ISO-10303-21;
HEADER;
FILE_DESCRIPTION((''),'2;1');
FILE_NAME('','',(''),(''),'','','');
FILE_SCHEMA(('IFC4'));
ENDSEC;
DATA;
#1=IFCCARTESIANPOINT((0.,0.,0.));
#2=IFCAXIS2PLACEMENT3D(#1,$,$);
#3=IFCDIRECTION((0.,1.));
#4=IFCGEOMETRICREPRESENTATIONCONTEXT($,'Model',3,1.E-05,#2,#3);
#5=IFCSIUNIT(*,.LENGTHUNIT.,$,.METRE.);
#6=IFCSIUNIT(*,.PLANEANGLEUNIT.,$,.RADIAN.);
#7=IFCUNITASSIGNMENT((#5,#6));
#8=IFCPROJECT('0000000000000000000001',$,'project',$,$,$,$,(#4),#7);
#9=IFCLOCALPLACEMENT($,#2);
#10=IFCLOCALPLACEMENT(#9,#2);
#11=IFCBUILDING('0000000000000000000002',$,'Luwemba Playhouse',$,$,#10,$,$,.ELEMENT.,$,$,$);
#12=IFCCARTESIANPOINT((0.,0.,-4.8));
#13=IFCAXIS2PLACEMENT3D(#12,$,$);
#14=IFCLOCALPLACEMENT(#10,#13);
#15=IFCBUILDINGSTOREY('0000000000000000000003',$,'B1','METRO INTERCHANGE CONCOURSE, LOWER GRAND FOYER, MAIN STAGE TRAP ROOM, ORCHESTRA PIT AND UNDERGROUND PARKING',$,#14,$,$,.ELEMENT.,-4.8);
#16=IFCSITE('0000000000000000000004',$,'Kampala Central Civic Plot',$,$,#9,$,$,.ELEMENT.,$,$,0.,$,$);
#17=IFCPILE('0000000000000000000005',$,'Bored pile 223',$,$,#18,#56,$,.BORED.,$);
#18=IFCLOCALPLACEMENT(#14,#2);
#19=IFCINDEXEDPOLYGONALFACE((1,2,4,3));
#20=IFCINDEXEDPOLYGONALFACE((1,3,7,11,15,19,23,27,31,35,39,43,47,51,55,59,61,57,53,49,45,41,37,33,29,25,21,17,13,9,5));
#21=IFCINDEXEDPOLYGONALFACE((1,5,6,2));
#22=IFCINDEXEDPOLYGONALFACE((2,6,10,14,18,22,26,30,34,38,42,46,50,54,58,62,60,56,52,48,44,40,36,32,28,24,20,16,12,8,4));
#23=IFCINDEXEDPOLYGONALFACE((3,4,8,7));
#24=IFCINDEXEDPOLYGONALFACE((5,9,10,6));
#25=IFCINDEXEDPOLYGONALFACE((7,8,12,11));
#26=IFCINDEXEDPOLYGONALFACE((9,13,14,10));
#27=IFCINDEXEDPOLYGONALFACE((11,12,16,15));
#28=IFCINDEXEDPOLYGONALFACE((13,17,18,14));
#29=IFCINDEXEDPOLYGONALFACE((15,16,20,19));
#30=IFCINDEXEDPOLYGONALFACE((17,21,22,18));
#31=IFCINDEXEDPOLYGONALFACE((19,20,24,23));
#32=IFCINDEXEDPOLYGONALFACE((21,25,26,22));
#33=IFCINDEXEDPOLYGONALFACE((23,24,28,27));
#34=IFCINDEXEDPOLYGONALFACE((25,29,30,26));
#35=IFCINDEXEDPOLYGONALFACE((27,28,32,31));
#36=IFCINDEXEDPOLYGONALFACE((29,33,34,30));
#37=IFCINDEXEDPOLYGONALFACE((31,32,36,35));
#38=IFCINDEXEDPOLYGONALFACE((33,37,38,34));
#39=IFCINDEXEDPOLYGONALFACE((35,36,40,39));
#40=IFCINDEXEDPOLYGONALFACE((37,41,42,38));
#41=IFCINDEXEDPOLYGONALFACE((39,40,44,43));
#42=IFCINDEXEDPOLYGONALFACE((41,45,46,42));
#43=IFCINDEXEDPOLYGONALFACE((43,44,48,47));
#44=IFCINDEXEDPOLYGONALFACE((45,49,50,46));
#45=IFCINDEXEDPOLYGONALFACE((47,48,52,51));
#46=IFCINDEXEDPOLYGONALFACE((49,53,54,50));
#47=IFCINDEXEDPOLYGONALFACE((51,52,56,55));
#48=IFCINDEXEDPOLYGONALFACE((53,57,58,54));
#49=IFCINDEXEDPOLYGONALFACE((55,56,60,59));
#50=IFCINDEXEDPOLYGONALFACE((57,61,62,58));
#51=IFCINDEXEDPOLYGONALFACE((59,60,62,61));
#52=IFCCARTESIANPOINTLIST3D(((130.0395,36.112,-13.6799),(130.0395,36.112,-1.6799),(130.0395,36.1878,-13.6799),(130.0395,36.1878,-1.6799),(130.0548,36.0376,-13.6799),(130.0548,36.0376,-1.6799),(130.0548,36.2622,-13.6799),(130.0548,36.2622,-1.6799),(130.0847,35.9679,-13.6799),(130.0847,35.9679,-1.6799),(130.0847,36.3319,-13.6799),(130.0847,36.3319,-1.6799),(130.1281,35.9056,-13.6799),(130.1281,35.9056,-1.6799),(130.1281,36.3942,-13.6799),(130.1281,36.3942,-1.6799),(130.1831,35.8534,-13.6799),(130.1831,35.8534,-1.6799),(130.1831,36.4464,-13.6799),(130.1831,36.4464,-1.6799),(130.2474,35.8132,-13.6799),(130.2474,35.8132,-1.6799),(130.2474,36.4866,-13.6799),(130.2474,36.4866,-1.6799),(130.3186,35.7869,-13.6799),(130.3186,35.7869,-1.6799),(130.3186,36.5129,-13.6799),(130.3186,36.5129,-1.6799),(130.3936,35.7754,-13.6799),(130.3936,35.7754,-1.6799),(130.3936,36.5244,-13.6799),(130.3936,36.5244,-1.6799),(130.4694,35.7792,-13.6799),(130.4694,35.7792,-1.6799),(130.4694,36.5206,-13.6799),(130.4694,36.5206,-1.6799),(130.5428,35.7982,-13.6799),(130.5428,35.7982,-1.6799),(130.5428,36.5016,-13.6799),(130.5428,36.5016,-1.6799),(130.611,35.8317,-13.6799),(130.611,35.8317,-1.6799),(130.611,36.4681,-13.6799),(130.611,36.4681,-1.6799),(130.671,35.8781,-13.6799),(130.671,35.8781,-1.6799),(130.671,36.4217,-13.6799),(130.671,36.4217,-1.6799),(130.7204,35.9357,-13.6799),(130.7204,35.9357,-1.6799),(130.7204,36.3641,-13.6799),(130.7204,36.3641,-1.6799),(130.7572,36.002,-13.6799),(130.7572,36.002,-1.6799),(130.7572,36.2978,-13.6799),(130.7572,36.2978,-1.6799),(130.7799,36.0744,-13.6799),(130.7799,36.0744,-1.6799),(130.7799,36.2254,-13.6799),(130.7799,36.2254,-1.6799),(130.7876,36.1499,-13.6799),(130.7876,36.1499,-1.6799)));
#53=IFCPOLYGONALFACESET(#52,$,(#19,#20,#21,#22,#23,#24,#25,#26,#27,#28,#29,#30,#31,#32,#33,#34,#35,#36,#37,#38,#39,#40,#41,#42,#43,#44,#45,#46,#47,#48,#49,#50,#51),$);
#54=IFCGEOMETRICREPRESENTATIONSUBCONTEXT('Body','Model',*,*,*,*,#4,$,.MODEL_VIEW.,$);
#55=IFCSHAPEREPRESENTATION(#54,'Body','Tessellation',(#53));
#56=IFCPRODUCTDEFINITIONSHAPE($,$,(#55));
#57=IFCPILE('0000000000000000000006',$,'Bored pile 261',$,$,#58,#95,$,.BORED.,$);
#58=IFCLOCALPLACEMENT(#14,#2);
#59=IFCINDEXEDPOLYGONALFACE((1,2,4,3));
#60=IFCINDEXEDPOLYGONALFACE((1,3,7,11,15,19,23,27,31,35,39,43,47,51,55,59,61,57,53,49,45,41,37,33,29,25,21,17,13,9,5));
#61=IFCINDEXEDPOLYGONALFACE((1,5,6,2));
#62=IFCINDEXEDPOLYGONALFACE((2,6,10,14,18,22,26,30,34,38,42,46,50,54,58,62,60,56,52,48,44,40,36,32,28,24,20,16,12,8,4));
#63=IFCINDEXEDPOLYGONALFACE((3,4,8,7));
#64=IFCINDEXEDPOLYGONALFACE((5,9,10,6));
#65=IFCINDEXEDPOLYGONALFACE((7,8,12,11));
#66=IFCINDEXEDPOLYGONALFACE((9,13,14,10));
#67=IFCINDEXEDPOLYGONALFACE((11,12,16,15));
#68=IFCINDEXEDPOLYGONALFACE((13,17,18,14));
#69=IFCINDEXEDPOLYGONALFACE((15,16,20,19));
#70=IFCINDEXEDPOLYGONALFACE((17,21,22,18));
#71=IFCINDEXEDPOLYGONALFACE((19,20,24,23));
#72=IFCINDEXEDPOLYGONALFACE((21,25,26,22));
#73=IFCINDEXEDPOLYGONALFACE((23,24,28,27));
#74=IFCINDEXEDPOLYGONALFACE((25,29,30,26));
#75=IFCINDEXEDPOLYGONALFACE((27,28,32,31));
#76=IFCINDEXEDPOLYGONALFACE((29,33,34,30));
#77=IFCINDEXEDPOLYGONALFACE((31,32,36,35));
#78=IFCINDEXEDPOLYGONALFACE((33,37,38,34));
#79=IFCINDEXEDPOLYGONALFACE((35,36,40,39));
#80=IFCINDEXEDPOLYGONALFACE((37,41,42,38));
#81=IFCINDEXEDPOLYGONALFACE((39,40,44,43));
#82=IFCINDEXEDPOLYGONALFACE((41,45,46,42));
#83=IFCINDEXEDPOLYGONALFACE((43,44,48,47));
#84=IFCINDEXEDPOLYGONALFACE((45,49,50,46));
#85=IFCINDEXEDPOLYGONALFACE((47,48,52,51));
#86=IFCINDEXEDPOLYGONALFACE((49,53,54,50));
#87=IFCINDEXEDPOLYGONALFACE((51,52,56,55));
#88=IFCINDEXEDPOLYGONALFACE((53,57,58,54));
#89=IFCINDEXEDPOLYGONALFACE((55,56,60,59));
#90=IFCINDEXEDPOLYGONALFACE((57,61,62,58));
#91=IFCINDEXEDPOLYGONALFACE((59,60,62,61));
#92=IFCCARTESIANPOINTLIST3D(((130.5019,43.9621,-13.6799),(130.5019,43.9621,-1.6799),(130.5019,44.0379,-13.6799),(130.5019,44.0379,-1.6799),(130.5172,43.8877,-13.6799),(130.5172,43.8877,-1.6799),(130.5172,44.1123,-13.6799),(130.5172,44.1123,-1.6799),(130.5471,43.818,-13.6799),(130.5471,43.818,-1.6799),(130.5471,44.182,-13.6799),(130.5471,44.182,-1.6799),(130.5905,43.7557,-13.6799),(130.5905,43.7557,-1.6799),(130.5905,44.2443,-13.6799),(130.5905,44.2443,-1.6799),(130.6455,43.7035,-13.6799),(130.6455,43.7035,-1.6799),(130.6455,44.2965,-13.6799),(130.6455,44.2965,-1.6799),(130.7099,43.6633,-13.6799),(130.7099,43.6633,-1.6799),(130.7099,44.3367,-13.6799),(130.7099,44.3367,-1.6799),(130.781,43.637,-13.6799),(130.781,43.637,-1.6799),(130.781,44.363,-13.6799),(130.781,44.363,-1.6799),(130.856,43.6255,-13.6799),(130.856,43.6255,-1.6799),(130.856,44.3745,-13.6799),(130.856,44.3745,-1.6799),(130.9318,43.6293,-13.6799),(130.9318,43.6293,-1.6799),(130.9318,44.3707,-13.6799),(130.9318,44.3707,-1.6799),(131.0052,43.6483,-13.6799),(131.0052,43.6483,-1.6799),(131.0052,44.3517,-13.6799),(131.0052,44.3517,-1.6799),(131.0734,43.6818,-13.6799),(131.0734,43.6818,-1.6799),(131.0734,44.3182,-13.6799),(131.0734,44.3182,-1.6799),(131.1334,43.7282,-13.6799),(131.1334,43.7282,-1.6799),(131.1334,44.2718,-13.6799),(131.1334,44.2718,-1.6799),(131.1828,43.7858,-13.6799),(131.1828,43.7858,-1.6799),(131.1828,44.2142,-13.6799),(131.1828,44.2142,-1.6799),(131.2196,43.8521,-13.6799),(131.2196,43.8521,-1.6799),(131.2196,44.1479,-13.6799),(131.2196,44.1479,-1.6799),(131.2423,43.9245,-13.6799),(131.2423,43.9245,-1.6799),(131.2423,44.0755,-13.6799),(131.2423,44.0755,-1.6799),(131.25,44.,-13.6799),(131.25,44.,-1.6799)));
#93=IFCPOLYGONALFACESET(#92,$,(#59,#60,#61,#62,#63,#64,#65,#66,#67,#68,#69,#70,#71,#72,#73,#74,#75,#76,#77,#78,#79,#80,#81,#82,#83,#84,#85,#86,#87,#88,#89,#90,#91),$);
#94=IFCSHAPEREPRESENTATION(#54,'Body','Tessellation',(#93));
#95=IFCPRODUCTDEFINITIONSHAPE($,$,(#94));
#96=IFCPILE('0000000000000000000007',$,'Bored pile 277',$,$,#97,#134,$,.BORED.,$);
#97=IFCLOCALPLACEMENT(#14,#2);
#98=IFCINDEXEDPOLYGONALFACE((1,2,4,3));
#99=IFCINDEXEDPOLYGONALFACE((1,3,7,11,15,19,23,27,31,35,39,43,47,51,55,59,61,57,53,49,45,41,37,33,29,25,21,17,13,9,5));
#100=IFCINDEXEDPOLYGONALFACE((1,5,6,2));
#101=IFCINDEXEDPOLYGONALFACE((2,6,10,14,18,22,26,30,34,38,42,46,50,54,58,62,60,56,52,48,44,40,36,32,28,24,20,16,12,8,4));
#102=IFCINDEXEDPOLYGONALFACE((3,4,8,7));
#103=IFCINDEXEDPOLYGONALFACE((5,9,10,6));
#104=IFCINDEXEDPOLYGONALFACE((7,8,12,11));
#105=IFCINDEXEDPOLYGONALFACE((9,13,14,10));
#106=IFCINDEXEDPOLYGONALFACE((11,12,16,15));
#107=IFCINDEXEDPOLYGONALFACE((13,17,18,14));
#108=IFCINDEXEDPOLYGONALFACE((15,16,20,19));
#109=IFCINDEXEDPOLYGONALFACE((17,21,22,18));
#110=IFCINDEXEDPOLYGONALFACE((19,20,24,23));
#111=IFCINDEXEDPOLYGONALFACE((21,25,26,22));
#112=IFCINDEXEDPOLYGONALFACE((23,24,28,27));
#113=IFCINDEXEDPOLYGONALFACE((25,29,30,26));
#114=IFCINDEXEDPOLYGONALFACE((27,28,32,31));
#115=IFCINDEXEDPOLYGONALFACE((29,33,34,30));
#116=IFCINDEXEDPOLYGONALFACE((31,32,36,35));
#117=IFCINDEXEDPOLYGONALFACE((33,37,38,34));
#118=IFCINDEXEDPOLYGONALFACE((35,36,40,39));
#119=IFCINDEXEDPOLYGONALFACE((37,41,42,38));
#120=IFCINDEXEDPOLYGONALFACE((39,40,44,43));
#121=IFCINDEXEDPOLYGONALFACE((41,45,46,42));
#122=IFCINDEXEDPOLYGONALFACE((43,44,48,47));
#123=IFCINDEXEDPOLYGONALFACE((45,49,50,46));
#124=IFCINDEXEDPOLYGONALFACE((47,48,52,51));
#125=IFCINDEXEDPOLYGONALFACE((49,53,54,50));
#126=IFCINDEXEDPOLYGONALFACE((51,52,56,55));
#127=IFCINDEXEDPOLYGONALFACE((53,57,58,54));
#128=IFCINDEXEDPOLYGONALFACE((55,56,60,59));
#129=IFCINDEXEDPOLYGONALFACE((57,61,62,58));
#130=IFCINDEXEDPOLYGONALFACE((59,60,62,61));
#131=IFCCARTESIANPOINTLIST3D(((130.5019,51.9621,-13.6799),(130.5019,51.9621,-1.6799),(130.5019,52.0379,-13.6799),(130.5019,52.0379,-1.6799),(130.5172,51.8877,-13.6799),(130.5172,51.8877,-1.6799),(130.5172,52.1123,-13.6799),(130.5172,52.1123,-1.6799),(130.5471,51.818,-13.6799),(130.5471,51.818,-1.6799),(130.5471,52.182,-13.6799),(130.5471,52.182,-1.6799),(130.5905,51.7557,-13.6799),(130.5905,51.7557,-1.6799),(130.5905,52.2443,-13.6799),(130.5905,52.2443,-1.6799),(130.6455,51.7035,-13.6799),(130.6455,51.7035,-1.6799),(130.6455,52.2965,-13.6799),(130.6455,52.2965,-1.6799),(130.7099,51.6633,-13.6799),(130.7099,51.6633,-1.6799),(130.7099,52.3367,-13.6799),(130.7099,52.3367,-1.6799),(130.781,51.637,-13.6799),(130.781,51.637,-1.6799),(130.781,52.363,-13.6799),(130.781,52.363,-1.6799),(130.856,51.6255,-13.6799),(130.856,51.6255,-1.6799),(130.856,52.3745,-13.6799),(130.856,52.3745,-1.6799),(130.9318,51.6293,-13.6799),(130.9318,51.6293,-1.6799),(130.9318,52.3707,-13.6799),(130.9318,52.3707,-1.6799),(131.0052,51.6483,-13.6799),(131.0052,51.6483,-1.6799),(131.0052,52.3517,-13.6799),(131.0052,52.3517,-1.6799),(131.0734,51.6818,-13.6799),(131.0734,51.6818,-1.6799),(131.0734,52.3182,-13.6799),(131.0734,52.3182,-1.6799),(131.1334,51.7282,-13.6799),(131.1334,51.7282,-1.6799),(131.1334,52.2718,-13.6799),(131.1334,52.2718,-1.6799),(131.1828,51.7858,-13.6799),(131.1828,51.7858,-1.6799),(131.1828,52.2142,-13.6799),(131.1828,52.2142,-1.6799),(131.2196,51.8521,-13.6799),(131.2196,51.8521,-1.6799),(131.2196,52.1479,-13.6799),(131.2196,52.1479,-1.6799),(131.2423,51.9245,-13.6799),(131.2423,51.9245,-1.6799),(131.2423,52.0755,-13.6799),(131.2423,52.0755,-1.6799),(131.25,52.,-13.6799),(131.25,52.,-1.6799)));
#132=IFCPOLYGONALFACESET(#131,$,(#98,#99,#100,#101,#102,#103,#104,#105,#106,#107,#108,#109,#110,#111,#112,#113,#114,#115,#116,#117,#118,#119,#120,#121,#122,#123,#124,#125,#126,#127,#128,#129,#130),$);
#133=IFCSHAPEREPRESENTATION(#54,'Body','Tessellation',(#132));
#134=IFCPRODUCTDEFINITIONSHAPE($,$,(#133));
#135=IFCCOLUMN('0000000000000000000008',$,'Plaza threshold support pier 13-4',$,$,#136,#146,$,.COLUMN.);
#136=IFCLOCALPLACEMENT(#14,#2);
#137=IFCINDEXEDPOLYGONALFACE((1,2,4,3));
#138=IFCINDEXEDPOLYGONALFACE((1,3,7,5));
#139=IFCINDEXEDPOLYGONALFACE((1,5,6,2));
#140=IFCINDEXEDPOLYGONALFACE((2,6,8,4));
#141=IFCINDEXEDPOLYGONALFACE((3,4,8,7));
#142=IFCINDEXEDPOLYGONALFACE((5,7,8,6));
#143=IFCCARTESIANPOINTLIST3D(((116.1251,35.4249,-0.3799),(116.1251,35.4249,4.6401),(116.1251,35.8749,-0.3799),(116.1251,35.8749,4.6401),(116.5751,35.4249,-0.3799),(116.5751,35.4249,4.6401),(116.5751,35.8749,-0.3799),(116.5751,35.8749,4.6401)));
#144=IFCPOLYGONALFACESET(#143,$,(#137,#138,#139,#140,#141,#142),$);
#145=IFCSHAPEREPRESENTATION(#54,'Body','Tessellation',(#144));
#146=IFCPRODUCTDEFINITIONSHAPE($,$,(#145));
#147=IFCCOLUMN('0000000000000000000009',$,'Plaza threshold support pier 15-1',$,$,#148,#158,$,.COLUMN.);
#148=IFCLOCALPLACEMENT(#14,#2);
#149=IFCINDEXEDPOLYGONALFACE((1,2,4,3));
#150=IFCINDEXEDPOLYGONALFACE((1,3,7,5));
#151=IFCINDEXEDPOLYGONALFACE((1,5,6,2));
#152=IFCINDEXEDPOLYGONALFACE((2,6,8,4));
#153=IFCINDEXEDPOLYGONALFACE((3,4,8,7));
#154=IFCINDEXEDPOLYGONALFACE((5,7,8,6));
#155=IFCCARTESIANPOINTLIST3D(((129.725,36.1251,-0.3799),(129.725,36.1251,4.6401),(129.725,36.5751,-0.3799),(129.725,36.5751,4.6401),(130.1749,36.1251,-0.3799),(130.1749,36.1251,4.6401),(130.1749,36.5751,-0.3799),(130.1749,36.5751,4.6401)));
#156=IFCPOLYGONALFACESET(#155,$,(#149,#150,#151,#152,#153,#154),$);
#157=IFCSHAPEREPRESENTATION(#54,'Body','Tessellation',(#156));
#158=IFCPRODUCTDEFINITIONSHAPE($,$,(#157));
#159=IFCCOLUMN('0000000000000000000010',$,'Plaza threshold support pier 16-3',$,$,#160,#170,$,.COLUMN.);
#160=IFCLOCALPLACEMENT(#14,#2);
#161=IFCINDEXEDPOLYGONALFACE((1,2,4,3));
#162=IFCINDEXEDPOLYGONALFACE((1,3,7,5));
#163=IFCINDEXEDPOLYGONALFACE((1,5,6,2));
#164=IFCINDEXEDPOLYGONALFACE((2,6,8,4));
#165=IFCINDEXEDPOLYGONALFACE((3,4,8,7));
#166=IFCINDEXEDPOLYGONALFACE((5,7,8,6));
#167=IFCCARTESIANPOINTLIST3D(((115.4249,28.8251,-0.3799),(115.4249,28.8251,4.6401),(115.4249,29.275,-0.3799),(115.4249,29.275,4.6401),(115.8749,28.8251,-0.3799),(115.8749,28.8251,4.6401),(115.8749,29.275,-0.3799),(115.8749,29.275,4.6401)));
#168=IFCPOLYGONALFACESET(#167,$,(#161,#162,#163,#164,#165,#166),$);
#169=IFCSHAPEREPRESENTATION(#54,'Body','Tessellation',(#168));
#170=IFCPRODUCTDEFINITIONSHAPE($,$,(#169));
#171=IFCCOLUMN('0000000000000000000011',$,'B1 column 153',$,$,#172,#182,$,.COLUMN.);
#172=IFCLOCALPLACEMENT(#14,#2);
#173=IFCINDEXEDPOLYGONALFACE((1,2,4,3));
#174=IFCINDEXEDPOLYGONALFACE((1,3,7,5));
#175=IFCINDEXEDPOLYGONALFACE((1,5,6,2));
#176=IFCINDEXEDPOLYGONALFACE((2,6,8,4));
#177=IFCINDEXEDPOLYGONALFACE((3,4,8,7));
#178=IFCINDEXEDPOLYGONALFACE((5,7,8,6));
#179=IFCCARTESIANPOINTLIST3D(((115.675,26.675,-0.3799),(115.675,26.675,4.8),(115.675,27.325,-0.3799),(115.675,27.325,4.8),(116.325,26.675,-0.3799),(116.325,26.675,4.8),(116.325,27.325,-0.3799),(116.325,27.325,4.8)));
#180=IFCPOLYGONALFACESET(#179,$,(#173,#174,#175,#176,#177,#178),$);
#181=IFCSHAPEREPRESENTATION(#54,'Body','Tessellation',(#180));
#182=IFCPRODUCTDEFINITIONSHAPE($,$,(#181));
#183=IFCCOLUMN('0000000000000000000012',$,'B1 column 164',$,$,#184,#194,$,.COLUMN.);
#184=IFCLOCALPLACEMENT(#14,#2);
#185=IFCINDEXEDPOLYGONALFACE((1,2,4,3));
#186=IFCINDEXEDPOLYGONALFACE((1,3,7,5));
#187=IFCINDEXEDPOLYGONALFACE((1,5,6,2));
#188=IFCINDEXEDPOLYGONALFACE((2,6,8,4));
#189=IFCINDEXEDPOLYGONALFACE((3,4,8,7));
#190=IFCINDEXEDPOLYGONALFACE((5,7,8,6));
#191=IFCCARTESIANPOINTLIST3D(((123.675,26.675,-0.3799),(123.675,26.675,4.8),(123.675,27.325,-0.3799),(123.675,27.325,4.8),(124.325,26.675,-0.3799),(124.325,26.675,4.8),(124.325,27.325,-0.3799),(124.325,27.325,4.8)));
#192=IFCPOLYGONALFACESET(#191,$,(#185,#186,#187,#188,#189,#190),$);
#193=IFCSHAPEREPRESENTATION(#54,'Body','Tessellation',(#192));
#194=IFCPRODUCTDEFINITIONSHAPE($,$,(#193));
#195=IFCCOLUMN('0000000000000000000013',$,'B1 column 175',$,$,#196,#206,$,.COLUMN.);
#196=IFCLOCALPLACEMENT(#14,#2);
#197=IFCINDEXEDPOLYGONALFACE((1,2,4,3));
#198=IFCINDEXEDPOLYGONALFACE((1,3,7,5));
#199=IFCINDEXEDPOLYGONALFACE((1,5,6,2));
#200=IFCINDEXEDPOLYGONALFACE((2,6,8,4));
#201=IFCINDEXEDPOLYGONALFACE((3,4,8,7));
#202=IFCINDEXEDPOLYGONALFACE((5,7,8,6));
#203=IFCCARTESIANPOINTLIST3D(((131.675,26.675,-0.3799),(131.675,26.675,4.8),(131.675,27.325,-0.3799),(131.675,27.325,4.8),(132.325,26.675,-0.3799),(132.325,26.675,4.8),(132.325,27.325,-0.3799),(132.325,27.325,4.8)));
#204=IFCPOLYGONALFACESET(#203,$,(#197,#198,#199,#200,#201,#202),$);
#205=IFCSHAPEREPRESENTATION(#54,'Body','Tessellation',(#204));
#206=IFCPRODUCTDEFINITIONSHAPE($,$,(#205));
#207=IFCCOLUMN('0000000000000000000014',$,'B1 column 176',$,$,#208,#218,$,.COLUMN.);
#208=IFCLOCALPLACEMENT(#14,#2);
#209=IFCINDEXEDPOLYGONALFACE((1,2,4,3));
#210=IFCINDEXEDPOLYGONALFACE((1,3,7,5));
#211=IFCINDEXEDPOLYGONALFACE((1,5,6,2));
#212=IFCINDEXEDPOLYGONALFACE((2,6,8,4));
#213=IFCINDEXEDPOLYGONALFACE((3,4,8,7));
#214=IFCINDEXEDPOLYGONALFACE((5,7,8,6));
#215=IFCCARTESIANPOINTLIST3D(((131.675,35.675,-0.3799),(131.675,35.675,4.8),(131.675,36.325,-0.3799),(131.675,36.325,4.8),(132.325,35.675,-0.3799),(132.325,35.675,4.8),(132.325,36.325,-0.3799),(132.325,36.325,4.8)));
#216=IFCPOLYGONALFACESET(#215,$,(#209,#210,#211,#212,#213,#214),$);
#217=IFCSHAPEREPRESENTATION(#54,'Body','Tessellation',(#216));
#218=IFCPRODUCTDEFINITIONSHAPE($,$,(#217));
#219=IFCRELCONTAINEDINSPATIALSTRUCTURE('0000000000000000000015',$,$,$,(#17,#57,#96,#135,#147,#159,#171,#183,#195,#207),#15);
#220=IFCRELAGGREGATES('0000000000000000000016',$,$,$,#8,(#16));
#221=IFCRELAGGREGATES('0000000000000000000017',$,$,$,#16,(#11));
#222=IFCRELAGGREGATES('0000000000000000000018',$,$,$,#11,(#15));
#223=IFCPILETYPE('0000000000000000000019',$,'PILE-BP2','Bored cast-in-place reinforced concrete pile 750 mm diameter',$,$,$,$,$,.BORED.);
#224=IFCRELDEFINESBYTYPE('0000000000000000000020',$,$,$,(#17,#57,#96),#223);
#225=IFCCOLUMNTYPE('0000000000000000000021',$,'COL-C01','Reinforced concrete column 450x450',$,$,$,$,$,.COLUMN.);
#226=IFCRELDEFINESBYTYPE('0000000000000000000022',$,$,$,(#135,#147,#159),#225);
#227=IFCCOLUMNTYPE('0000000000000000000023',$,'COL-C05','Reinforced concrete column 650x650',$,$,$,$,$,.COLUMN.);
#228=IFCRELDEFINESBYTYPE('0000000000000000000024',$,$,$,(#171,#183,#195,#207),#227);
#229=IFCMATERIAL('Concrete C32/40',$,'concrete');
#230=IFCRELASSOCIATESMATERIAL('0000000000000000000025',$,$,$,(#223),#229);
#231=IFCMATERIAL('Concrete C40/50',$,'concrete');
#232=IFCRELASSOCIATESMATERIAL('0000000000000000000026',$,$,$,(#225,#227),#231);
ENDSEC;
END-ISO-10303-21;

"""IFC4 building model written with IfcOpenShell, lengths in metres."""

from ifc_helpers import new_model, si_unit, direction, frame, origin, origin_2d, place, context, subcontext, project, spatial, rectangle, circle, extrude, material, material_profile, profile_set, type_object, element, save


model = new_model("IFC4")

# Units and contexts
model_context = context("Model", 3, precision=1e-05, world=origin(), true_north=direction((0.0, 1.0)))
body_context = subcontext(model_context, "Body", "Model", "MODEL_VIEW")
ifc_project = project(units=[si_unit("LENGTHUNIT", "METRE"), si_unit("PLANEANGLEUNIT", "RADIAN")], contexts=[model_context])

# Site, building, storey
site_placement = place(None, origin())
site = spatial("IfcSite", under=ifc_project, at=site_placement, Name="Kampala Central Civic Plot", CompositionType="ELEMENT", RefElevation=0.0)
building_placement = place(site_placement, origin())
building = spatial("IfcBuilding", under=site, at=building_placement, Name="Luwemba Playhouse", CompositionType="ELEMENT")
storey_placement = place(building_placement, frame((0.0, 0.0, -4.8)))
storey = spatial("IfcBuildingStorey", under=building, at=storey_placement, Name="B1", Description="METRO INTERCHANGE CONCOURSE, LOWER GRAND FOYER, MAIN STAGE TRAP ROOM, ORCHESTRA PIT AND UNDERGROUND PARKING", CompositionType="ELEMENT", Elevation=-4.8)

# Shared definitions
ifc_material_1 = material(Name="Concrete C32/40", Category="concrete")

# Piles
ifc_material_profile_1 = material_profile(ifc_material_1, circle(Radius=0.375, at=origin_2d()))
ifc_profile_set_1 = profile_set([ifc_material_profile_1], Name="Concrete C32/40")
pile_type_1 = type_object("IfcPileType", Name="PILE-BP2", Description="Bored cast-in-place reinforced concrete pile 750 mm diameter", PredefinedType="BORED", material=ifc_profile_set_1)
for number, where, z_axis, x_axis, name in (
    (1, (130.4126, 36.1499, -1.6799), (0.0, 0.0, -1.0), (1.0, 0.0, 0.0), "Bored pile 223"),
    (2, (130.875, 44.0, -1.6799), (0.0, 0.0, -1.0), (1.0, 0.0, 0.0), "Bored pile 261"),
    (3, (130.875, 52.0, -1.6799), (0.0, 0.0, -1.0), (1.0, 0.0, 0.0), "Bored pile 277"),
):
    element("IfcPile", number, at=place(storey_placement, frame(where, z_axis=z_axis, x_axis=x_axis)), inside=storey, type_object=pile_type_1, Name=name, PredefinedType="BORED", context=body_context, shape_type="SweptSolid", body=[
        extrude(circle(Radius=0.375, at=origin_2d()), origin(), (0.0, 0.0, 1.0), 12.0),
    ])

# Columns
ifc_material_2 = material(Name="Concrete C40/50", Category="concrete")
ifc_material_profile_2 = material_profile(ifc_material_2, rectangle(XDim=0.45, YDim=0.45, at=origin_2d()))
ifc_profile_set_2 = profile_set([ifc_material_profile_2], Name="Concrete C40/50")
column_type_1 = type_object("IfcColumnType", Name="COL-C01", Description="Reinforced concrete column 450x450", PredefinedType="COLUMN", material=ifc_profile_set_2)
for number, where, z_axis, x_axis, name in (
    (4, (116.3501, 35.6499, -0.3799), (0.0, 0.0, 1.0), (1.0, 0.0, 0.0), "Plaza threshold support pier 13-4"),
    (5, (129.95, 36.3501, -0.3799), (0.0, 0.0, 1.0), (1.0, 0.0, 0.0), "Plaza threshold support pier 15-1"),
    (6, (115.6499, 29.05, -0.3799), (0.0, 0.0, 1.0), (1.0, 0.0, 0.0), "Plaza threshold support pier 16-3"),
):
    element("IfcColumn", number, at=place(storey_placement, frame(where, z_axis=z_axis, x_axis=x_axis)), inside=storey, type_object=column_type_1, Name=name, PredefinedType="COLUMN", context=body_context, shape_type="SweptSolid", body=[
        extrude(rectangle(XDim=0.45, YDim=0.45, at=origin_2d()), origin(), (0.0, 0.0, 1.0), 5.02),
    ])
ifc_material_profile_3 = material_profile(ifc_material_2, rectangle(XDim=0.6499, YDim=0.6499, at=origin_2d()))
ifc_profile_set_3 = profile_set([ifc_material_profile_3], Name="Concrete C40/50")
column_type_2 = type_object("IfcColumnType", Name="COL-C05", Description="Reinforced concrete column 650x650", PredefinedType="COLUMN", material=ifc_profile_set_3)
for number, where, z_axis, x_axis, name in (
    (7, (116.0, 27.0, -0.3799), (0.0, 0.0, 1.0), (1.0, 0.0, 0.0), "B1 column 153"),
    (8, (124.0, 27.0, -0.3799), (0.0, 0.0, 1.0), (1.0, 0.0, 0.0), "B1 column 164"),
    (9, (132.0, 27.0, -0.3799), (0.0, 0.0, 1.0), (1.0, 0.0, 0.0), "B1 column 175"),
    (10, (132.0, 36.0, -0.3799), (0.0, 0.0, 1.0), (1.0, 0.0, 0.0), "B1 column 176"),
):
    element("IfcColumn", number, at=place(storey_placement, frame(where, z_axis=z_axis, x_axis=x_axis)), inside=storey, type_object=column_type_2, Name=name, PredefinedType="COLUMN", context=body_context, shape_type="SweptSolid", body=[
        extrude(rectangle(XDim=0.6499, YDim=0.6499, at=origin_2d()), origin(), (0.0, 0.0, 1.0), 5.1799),
    ])

save(model, "model.ifc")
